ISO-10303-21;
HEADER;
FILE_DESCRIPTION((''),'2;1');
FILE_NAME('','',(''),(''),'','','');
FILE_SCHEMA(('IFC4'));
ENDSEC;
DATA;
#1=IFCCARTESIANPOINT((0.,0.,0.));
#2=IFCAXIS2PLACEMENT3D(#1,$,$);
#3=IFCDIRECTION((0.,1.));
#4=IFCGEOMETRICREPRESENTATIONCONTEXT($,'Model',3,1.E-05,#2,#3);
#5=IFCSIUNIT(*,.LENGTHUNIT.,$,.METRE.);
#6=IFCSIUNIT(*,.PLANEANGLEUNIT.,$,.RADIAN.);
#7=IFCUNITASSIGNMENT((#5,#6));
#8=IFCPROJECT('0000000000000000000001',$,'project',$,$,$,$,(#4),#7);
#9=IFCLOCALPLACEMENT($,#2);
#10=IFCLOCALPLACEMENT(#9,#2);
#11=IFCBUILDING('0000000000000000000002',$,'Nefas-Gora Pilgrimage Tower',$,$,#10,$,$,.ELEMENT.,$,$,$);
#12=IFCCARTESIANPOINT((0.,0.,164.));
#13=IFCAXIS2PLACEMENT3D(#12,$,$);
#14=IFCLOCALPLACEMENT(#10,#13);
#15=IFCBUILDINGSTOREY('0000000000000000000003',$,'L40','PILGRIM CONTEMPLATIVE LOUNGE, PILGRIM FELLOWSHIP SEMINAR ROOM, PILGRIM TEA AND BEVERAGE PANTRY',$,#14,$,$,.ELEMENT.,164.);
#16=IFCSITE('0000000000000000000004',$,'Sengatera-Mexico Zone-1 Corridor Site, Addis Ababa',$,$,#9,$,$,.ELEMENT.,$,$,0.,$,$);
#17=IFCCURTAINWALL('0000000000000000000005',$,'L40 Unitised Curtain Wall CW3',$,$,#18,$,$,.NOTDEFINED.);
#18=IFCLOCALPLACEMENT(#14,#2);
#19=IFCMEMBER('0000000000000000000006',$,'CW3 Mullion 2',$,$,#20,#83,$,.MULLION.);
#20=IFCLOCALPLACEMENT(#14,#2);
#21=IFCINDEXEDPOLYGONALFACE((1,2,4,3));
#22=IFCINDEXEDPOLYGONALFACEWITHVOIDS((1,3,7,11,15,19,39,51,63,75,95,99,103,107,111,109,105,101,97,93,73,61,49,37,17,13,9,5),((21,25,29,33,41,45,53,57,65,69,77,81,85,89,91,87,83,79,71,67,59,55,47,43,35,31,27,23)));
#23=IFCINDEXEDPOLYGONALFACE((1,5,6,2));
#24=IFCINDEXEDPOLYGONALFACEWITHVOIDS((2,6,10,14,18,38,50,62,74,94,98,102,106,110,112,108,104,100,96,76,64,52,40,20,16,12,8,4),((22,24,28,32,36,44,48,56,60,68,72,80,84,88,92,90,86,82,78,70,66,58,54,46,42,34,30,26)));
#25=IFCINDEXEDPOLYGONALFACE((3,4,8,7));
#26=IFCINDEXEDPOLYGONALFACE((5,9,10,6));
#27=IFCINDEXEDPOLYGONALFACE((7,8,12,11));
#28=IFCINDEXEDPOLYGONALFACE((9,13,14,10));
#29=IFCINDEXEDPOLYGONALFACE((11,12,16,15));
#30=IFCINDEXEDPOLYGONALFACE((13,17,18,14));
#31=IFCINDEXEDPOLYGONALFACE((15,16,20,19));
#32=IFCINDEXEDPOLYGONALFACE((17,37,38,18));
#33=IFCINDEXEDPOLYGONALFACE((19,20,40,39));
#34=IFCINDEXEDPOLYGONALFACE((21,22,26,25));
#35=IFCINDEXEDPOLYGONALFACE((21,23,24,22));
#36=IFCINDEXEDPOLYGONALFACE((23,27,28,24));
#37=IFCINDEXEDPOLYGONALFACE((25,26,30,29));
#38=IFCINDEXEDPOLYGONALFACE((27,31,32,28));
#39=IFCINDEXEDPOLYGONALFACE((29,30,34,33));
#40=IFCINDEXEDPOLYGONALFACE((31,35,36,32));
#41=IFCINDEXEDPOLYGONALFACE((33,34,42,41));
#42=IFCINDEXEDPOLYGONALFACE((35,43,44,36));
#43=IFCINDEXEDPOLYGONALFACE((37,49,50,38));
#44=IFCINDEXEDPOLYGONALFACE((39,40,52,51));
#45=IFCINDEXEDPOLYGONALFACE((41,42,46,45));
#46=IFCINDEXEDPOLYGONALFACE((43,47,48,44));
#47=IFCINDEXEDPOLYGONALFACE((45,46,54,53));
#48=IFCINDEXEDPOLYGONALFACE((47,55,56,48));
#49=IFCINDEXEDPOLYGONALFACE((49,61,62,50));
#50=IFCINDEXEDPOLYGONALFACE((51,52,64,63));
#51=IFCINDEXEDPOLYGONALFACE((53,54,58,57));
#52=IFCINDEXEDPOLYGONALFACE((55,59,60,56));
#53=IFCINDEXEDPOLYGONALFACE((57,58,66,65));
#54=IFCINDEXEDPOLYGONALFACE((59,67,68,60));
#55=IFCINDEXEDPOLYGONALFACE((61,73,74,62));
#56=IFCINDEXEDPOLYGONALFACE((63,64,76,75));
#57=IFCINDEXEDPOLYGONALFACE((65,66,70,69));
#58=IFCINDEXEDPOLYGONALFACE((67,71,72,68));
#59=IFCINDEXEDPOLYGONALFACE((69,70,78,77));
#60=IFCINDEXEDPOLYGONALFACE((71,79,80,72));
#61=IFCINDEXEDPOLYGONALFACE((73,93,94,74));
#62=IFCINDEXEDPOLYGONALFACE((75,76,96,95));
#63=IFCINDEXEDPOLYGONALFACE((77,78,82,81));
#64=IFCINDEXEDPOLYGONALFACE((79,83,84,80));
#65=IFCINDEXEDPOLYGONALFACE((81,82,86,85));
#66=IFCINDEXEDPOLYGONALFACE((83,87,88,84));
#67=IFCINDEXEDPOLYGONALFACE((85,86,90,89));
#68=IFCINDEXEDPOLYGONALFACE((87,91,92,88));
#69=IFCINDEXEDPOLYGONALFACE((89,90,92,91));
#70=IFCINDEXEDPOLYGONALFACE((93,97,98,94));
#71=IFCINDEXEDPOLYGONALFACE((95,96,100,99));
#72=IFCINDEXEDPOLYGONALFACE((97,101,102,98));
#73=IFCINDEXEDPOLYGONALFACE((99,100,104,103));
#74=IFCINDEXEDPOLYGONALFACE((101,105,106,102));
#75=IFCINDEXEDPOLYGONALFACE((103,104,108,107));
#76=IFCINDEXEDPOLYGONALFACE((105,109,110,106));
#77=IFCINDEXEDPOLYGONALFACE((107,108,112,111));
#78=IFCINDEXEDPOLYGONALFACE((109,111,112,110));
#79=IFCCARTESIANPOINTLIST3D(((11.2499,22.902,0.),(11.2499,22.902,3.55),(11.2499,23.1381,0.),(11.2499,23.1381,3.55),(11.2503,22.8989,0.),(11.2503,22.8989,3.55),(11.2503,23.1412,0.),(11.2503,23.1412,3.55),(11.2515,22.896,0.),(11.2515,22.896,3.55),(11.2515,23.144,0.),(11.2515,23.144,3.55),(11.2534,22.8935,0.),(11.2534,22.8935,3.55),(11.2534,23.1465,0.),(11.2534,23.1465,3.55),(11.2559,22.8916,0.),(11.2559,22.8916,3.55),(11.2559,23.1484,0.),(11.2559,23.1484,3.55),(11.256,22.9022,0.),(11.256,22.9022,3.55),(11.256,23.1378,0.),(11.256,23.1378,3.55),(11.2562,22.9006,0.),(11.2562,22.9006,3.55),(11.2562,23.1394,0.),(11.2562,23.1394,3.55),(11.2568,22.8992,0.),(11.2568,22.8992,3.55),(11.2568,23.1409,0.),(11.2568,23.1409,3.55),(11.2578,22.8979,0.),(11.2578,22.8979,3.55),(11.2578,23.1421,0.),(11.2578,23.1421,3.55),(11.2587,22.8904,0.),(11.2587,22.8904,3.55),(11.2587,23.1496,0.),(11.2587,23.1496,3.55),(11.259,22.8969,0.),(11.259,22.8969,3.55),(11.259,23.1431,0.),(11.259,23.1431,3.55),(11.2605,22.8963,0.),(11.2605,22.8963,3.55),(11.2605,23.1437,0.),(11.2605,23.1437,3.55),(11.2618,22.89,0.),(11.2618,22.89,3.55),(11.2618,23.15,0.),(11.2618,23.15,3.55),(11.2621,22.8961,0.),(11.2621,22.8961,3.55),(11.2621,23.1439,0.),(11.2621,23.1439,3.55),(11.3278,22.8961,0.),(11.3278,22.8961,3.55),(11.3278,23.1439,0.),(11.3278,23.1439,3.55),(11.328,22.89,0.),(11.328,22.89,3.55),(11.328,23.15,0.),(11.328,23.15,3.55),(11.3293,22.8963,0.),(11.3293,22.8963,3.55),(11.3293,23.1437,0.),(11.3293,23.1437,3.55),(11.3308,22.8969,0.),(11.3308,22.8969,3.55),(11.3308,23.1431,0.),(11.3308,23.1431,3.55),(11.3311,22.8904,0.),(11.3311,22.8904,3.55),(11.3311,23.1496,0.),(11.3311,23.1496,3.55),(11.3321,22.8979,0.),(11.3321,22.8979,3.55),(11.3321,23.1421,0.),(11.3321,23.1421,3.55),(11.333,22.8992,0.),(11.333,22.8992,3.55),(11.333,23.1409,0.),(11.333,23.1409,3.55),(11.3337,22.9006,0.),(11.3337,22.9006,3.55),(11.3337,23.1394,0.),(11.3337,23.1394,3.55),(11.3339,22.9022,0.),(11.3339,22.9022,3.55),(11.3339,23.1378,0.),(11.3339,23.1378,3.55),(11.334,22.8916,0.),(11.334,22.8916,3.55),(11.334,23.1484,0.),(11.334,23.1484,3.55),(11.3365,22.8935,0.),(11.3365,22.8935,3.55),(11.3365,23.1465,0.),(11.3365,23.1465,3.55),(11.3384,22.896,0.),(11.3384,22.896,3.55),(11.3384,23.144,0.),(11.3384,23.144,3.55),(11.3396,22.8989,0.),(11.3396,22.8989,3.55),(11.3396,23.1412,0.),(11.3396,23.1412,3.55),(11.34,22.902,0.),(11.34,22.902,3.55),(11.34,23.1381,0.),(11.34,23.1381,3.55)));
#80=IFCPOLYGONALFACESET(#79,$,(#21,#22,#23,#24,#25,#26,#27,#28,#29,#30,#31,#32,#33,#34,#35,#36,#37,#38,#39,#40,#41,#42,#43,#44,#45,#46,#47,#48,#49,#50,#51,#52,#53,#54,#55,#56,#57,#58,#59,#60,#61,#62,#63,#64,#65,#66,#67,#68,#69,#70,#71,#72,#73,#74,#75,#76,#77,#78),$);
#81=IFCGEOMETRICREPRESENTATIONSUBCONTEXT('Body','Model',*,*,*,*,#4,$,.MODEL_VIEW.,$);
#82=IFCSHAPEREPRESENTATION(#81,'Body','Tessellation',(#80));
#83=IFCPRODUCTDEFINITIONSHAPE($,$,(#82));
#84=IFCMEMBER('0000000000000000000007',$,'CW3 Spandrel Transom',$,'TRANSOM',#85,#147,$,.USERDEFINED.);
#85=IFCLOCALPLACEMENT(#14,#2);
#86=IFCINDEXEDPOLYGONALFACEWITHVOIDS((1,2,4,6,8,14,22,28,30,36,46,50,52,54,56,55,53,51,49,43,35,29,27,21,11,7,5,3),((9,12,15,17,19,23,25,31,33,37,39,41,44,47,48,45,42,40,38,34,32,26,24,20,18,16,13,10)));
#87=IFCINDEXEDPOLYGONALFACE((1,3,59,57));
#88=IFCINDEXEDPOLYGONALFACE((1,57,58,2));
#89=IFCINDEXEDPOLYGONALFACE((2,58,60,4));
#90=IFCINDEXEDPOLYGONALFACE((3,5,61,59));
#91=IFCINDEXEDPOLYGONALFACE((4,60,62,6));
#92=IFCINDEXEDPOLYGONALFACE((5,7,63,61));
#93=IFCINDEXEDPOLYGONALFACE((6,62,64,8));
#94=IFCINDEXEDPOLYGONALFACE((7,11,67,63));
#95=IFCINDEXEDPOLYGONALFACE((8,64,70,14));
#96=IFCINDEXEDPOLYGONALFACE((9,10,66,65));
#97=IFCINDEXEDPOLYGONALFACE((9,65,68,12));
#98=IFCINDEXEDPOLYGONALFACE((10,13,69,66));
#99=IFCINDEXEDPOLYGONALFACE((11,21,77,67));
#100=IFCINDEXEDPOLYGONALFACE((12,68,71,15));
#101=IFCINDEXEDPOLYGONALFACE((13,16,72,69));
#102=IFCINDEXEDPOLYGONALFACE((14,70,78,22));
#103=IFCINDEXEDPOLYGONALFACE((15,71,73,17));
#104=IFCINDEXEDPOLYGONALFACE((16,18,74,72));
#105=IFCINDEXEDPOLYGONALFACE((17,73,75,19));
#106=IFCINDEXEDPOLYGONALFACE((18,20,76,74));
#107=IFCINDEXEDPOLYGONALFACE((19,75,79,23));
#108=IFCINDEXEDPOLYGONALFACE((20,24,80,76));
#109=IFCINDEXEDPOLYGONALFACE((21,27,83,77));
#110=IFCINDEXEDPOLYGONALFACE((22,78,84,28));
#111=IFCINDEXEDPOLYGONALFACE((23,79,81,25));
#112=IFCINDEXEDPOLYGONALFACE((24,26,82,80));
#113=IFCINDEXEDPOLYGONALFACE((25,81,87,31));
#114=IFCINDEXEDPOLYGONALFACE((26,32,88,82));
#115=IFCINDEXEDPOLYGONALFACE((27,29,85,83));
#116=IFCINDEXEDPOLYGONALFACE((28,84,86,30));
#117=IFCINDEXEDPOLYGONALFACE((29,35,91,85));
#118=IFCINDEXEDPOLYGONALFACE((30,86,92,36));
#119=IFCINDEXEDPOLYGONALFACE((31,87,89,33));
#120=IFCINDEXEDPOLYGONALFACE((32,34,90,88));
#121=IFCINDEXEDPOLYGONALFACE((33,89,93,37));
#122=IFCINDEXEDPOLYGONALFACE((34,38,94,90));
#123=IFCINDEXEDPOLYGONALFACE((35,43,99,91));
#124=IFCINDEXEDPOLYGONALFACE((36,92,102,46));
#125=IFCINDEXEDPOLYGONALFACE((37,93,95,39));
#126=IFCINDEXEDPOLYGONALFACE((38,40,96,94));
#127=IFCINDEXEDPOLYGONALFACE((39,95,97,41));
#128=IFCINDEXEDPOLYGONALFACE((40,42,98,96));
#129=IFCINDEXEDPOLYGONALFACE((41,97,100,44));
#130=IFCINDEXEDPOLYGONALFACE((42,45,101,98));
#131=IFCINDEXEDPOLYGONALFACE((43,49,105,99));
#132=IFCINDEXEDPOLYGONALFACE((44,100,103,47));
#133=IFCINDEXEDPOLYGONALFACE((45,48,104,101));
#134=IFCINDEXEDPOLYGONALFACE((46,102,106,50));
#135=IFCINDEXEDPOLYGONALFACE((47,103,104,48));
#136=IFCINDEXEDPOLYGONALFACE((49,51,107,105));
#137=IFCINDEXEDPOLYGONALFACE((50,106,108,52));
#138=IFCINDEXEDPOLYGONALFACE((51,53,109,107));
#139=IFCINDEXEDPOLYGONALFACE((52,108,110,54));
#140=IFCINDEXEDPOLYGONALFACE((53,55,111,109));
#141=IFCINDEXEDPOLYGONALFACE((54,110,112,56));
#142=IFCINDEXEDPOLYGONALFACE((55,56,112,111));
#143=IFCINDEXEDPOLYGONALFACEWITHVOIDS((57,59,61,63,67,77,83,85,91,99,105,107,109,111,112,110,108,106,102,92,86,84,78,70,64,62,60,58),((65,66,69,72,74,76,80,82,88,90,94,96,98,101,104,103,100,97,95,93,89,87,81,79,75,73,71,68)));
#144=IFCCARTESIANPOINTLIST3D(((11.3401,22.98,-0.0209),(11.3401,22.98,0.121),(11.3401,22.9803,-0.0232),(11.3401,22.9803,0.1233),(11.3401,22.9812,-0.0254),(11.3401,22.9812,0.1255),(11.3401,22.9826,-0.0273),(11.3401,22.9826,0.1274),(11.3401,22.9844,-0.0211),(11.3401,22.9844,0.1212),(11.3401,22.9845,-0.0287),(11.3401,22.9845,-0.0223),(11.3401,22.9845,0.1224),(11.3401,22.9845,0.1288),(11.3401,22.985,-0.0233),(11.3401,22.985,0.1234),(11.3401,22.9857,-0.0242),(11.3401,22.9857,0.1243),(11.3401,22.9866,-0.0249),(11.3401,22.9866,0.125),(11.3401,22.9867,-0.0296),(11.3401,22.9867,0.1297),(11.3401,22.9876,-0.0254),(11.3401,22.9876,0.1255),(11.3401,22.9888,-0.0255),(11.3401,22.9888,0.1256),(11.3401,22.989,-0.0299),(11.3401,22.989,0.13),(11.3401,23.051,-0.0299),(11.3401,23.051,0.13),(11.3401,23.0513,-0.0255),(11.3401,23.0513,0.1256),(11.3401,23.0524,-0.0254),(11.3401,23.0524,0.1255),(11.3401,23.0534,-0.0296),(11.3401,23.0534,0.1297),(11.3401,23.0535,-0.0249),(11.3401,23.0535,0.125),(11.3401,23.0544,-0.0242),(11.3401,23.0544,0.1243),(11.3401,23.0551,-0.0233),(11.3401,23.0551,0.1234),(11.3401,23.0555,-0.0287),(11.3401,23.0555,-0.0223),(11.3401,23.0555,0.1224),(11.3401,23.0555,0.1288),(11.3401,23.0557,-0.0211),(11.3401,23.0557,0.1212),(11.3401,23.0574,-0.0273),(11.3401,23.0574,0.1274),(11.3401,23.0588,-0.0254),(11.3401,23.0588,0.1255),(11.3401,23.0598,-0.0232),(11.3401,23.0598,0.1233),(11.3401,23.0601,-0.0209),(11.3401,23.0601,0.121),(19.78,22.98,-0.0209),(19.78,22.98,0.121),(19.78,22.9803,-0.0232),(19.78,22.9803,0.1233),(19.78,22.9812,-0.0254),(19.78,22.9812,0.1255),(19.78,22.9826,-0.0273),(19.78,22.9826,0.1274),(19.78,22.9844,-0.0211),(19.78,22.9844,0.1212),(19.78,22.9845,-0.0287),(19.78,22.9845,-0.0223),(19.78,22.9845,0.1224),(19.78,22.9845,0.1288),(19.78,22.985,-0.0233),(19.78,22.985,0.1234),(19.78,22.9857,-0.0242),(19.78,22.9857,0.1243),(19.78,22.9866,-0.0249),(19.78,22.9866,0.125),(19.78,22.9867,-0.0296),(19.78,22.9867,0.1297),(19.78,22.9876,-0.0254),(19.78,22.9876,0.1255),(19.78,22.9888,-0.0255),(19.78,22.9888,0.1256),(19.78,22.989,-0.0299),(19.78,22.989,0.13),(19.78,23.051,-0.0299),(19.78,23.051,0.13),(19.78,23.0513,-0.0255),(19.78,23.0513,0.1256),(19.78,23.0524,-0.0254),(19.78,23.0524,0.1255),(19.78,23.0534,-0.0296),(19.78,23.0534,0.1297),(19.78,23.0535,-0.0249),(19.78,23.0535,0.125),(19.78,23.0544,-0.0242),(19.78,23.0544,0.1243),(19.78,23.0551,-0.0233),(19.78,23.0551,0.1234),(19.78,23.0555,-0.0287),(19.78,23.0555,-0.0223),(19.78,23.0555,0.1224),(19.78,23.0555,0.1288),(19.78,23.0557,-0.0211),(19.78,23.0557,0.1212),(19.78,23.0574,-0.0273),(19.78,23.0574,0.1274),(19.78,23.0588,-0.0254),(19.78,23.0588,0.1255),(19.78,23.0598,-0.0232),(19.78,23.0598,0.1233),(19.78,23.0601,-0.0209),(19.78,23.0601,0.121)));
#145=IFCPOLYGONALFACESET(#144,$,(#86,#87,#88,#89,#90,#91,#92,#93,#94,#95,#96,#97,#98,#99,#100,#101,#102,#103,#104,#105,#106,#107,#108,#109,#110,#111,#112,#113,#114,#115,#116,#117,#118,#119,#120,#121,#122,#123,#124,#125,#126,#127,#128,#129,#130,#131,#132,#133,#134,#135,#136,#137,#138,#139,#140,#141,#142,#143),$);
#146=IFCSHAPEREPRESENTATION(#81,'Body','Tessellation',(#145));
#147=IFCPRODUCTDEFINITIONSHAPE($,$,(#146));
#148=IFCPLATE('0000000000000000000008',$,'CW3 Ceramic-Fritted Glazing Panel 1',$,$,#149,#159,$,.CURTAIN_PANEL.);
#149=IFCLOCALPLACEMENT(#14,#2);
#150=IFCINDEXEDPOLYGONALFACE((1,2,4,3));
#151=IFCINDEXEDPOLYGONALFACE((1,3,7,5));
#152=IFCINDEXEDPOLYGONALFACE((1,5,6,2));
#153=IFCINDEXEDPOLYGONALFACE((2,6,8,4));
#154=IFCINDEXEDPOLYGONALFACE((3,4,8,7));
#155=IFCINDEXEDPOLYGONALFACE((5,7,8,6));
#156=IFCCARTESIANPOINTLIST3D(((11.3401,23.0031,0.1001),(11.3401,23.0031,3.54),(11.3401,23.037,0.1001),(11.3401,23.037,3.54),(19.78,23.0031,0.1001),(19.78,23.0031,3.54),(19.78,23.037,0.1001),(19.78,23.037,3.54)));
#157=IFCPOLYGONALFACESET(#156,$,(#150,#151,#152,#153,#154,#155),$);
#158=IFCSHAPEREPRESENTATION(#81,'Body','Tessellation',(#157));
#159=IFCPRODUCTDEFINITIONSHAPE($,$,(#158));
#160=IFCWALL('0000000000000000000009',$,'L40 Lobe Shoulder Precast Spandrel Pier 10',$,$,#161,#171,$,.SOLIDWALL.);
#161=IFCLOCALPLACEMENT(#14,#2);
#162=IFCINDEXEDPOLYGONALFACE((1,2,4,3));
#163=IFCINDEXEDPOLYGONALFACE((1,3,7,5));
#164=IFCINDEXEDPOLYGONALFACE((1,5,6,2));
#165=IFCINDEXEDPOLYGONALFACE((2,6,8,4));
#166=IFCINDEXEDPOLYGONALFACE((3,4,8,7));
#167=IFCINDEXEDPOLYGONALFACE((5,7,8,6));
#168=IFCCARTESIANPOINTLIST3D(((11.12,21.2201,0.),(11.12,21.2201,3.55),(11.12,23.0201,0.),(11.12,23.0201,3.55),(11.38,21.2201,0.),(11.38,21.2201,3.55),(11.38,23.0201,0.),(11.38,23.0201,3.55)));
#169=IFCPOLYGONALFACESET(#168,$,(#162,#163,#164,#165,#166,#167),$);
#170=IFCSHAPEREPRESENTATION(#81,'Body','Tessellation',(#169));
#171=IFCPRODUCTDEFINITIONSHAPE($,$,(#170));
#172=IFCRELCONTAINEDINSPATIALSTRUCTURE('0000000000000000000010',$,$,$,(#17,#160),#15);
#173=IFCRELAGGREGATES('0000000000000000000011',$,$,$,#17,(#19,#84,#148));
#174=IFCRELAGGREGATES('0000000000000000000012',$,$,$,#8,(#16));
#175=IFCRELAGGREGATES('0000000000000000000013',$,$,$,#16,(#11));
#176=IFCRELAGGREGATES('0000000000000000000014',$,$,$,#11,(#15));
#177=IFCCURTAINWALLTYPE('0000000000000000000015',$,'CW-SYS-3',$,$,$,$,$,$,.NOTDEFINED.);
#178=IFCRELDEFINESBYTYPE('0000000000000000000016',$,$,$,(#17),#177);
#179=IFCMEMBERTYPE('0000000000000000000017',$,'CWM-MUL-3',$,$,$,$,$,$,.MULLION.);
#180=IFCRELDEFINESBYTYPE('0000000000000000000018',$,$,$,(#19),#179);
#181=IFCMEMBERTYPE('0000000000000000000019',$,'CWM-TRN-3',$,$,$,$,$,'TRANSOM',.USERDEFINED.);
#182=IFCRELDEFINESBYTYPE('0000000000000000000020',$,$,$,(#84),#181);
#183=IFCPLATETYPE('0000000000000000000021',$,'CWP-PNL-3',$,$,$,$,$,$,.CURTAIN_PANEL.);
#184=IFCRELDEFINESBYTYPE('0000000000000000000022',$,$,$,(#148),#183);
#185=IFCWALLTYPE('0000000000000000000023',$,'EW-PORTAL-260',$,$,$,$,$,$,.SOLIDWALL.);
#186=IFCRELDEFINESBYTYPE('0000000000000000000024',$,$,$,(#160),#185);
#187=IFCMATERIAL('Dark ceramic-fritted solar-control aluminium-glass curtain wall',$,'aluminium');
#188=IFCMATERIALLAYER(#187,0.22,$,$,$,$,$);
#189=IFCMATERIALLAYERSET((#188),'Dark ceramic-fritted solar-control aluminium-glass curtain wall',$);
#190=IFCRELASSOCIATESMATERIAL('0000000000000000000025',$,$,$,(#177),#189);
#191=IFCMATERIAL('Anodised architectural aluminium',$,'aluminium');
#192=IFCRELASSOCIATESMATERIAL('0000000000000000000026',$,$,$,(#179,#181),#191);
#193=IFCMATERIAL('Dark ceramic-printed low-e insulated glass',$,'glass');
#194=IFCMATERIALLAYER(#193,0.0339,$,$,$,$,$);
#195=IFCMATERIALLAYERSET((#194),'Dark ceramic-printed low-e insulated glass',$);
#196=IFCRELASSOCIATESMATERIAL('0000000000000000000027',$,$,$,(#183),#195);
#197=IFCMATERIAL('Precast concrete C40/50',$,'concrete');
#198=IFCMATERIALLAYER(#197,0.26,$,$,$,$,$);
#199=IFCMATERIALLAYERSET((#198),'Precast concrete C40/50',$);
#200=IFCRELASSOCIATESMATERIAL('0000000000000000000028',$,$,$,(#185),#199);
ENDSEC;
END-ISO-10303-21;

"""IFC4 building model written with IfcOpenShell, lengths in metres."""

from ifc_helpers import new_model, si_unit, direction, frame, frame_2d, origin, origin_2d, place, context, subcontext, project, spatial, rectangle, hollow_rectangle, extrude, source, transform, mapped, material, layer, layer_set, material_profile, profile_set, type_object, element, aggregate, save


model = new_model("IFC4")

# Units and contexts
model_context = context("Model", 3, precision=1e-05, world=origin(), true_north=direction((0.0, 1.0)))
body_context = subcontext(model_context, "Body", "Model", "MODEL_VIEW")
ifc_project = project(units=[si_unit("LENGTHUNIT", "METRE"), si_unit("PLANEANGLEUNIT", "RADIAN")], contexts=[model_context])

# Site, building, storey
site_placement = place(None, origin())
site = spatial("IfcSite", under=ifc_project, at=site_placement, Name="Sengatera-Mexico Zone-1 Corridor Site, Addis Ababa", CompositionType="ELEMENT", RefElevation=0.0)
building_placement = place(site_placement, origin())
building = spatial("IfcBuilding", under=site, at=building_placement, Name="Nefas-Gora Pilgrimage Tower", CompositionType="ELEMENT")
storey_placement = place(building_placement, frame((0.0, 0.0, 164.0)))
storey = spatial("IfcBuildingStorey", under=building, at=storey_placement, Name="L40", Description="PILGRIM CONTEMPLATIVE LOUNGE, PILGRIM FELLOWSHIP SEMINAR ROOM, PILGRIM TEA AND BEVERAGE PANTRY", CompositionType="ELEMENT", Elevation=164.0)

# Shared definitions
ifc_material_1 = material(Name="Dark ceramic-fritted solar-control aluminium-glass curtain wall", Category="aluminium")
ifc_layer_1 = layer(ifc_material_1, 0.22)
ifc_layer_set_1 = layer_set([ifc_layer_1], Name="Dark ceramic-fritted solar-control aluminium-glass curtain wall")
curtain_wall_type = type_object("IfcCurtainWallType", Name="CW-SYS-3", PredefinedType="NOTDEFINED", material=ifc_layer_set_1)
ifc_material_2 = material(Name="Anodised architectural aluminium", Category="aluminium")
ifc_material_profile_1 = material_profile(ifc_material_2, hollow_rectangle(XDim=0.0901, YDim=0.26, WallThickness=0.0061, InnerFilletRadius=0.0061, OuterFilletRadius=0.012, at=origin_2d()), Name="ALU MULLION 90x260")
ifc_profile_set_1 = profile_set([ifc_material_profile_1], Name="Anodised architectural aluminium")
member_type_1 = type_object("IfcMemberType", Name="CWM-MUL-3", PredefinedType="MULLION", material=ifc_profile_set_1)
shared_shape_1 = source(origin(), body_context, "Body", "SweptSolid", [
    extrude(hollow_rectangle(XDim=0.0901, YDim=0.26, WallThickness=0.0061, InnerFilletRadius=0.0061, OuterFilletRadius=0.012, at=origin_2d()), origin(), (0.0, 0.0, 1.0), 3.55),
])

# Curtain wall, members, plate
curtain_wall_1_placement = place(storey_placement, origin())
curtain_wall_1 = element("IfcCurtainWall", 1, at=curtain_wall_1_placement, inside=storey, type_object=curtain_wall_type, Name="L40 Unitised Curtain Wall CW3", PredefinedType="NOTDEFINED")
member_1_placement = place(storey_placement, frame((11.2949, 23.02, 0.0), z_axis=(0.0, 0.0, 1.0), x_axis=(-1.0, 0.0, 0.0)))
member_1 = element("IfcMember", 2, at=member_1_placement, type_object=member_type_1, Name="CW3 Mullion 2", PredefinedType="MULLION", context=body_context, shape_type="MappedRepresentation", body=[
    mapped(shared_shape_1, transform((0.0, 0.0, 0.0), x_axis=(1.0, 0.0, 0.0), y_axis=(0.0, 1.0, 0.0), z_axis=(0.0, 0.0, 1.0), scale=1.0)),
])
ifc_material_profile_2 = material_profile(ifc_material_2, hollow_rectangle(XDim=0.0801, YDim=0.1599, WallThickness=0.0044, InnerFilletRadius=0.0044, OuterFilletRadius=0.009, at=origin_2d()), Name="ALU TRANSOM 80x160")
ifc_profile_set_2 = profile_set([ifc_material_profile_2], Name="Anodised architectural aluminium")
member_type_2 = type_object("IfcMemberType", Name="CWM-TRN-3", ElementType="TRANSOM", PredefinedType="USERDEFINED", material=ifc_profile_set_2)
shared_shape_2 = source(origin(), body_context, "Body", "SweptSolid", [
    extrude(hollow_rectangle(XDim=0.0801, YDim=0.1599, WallThickness=0.0044, InnerFilletRadius=0.0044, OuterFilletRadius=0.009, at=origin_2d()), origin(), (0.0, 0.0, 1.0), 8.4399),
])
member_2_placement = place(storey_placement, frame((19.78, 23.02, 0.05), z_axis=(-1.0, 0.0, 0.0), x_axis=(0.0, -1.0, 0.0)))
member_2 = element("IfcMember", 3, at=member_2_placement, type_object=member_type_2, Name="CW3 Spandrel Transom", ObjectType="TRANSOM", PredefinedType="USERDEFINED", context=body_context, shape_type="MappedRepresentation", body=[
    mapped(shared_shape_2, transform((0.0, 0.0, 0.0), x_axis=(1.0, 0.0, 0.0), y_axis=(0.0, 1.0, 0.0), z_axis=(0.0, 0.0, 1.0), scale=1.0)),
])
ifc_material_3 = material(Name="Dark ceramic-printed low-e insulated glass", Category="glass")
ifc_layer_2 = layer(ifc_material_3, 0.0339)
ifc_layer_set_2 = layer_set([ifc_layer_2], Name="Dark ceramic-printed low-e insulated glass")
plate_type = type_object("IfcPlateType", Name="CWP-PNL-3", PredefinedType="CURTAIN_PANEL", material=ifc_layer_set_2)
shared_shape_3 = source(origin(), body_context, "Body", "SweptSolid", [
    extrude(rectangle(XDim=8.4399, YDim=0.0339, at=origin_2d()), origin(), (0.0, 0.0, 1.0), 3.4399),
])
plate_placement = place(storey_placement, frame((15.5601, 23.02, 0.1001), z_axis=(0.0, 0.0, 1.0), x_axis=(-1.0, 0.0, 0.0)))
plate = element("IfcPlate", 4, at=plate_placement, type_object=plate_type, Name="CW3 Ceramic-Fritted Glazing Panel 1", PredefinedType="CURTAIN_PANEL", context=body_context, shape_type="MappedRepresentation", body=[
    mapped(shared_shape_3, transform((0.0, 0.0, 0.0), x_axis=(1.0, 0.0, 0.0), y_axis=(0.0, 1.0, 0.0), z_axis=(0.0, 0.0, 1.0), scale=1.0)),
])
aggregate(curtain_wall_1, [member_1, member_2, plate])

# Wall
ifc_material_4 = material(Name="Precast concrete C40/50", Category="concrete")
ifc_layer_3 = layer(ifc_material_4, 0.26)
ifc_layer_set_3 = layer_set([ifc_layer_3], Name="Precast concrete C40/50")
wall_type_1 = type_object("IfcWallType", Name="EW-PORTAL-260", PredefinedType="SOLIDWALL", material=ifc_layer_set_3)
shared_shape_4 = source(origin(), body_context, "Body", "SweptSolid", [
    extrude(rectangle(XDim=1.8, YDim=0.26, at=frame_2d((0.8999, 0.0))), origin(), (0.0, 0.0, 1.0), 3.55),
])
wall_1_placement = place(storey_placement, frame((11.25, 23.02, 0.0), z_axis=(0.0, 0.0, 1.0), x_axis=(0.0, -1.0, 0.0)))
element("IfcWall", 5, at=wall_1_placement, inside=storey, type_object=wall_type_1, Name="L40 Lobe Shoulder Precast Spandrel Pier 10", PredefinedType="SOLIDWALL", context=body_context, shape_type="MappedRepresentation", body=[
    mapped(shared_shape_4, transform((0.0, 0.0, 0.0), x_axis=(1.0, 0.0, 0.0), y_axis=(0.0, 1.0, 0.0), z_axis=(0.0, 0.0, 1.0), scale=1.0)),
])

save(model, "model.ifc")
